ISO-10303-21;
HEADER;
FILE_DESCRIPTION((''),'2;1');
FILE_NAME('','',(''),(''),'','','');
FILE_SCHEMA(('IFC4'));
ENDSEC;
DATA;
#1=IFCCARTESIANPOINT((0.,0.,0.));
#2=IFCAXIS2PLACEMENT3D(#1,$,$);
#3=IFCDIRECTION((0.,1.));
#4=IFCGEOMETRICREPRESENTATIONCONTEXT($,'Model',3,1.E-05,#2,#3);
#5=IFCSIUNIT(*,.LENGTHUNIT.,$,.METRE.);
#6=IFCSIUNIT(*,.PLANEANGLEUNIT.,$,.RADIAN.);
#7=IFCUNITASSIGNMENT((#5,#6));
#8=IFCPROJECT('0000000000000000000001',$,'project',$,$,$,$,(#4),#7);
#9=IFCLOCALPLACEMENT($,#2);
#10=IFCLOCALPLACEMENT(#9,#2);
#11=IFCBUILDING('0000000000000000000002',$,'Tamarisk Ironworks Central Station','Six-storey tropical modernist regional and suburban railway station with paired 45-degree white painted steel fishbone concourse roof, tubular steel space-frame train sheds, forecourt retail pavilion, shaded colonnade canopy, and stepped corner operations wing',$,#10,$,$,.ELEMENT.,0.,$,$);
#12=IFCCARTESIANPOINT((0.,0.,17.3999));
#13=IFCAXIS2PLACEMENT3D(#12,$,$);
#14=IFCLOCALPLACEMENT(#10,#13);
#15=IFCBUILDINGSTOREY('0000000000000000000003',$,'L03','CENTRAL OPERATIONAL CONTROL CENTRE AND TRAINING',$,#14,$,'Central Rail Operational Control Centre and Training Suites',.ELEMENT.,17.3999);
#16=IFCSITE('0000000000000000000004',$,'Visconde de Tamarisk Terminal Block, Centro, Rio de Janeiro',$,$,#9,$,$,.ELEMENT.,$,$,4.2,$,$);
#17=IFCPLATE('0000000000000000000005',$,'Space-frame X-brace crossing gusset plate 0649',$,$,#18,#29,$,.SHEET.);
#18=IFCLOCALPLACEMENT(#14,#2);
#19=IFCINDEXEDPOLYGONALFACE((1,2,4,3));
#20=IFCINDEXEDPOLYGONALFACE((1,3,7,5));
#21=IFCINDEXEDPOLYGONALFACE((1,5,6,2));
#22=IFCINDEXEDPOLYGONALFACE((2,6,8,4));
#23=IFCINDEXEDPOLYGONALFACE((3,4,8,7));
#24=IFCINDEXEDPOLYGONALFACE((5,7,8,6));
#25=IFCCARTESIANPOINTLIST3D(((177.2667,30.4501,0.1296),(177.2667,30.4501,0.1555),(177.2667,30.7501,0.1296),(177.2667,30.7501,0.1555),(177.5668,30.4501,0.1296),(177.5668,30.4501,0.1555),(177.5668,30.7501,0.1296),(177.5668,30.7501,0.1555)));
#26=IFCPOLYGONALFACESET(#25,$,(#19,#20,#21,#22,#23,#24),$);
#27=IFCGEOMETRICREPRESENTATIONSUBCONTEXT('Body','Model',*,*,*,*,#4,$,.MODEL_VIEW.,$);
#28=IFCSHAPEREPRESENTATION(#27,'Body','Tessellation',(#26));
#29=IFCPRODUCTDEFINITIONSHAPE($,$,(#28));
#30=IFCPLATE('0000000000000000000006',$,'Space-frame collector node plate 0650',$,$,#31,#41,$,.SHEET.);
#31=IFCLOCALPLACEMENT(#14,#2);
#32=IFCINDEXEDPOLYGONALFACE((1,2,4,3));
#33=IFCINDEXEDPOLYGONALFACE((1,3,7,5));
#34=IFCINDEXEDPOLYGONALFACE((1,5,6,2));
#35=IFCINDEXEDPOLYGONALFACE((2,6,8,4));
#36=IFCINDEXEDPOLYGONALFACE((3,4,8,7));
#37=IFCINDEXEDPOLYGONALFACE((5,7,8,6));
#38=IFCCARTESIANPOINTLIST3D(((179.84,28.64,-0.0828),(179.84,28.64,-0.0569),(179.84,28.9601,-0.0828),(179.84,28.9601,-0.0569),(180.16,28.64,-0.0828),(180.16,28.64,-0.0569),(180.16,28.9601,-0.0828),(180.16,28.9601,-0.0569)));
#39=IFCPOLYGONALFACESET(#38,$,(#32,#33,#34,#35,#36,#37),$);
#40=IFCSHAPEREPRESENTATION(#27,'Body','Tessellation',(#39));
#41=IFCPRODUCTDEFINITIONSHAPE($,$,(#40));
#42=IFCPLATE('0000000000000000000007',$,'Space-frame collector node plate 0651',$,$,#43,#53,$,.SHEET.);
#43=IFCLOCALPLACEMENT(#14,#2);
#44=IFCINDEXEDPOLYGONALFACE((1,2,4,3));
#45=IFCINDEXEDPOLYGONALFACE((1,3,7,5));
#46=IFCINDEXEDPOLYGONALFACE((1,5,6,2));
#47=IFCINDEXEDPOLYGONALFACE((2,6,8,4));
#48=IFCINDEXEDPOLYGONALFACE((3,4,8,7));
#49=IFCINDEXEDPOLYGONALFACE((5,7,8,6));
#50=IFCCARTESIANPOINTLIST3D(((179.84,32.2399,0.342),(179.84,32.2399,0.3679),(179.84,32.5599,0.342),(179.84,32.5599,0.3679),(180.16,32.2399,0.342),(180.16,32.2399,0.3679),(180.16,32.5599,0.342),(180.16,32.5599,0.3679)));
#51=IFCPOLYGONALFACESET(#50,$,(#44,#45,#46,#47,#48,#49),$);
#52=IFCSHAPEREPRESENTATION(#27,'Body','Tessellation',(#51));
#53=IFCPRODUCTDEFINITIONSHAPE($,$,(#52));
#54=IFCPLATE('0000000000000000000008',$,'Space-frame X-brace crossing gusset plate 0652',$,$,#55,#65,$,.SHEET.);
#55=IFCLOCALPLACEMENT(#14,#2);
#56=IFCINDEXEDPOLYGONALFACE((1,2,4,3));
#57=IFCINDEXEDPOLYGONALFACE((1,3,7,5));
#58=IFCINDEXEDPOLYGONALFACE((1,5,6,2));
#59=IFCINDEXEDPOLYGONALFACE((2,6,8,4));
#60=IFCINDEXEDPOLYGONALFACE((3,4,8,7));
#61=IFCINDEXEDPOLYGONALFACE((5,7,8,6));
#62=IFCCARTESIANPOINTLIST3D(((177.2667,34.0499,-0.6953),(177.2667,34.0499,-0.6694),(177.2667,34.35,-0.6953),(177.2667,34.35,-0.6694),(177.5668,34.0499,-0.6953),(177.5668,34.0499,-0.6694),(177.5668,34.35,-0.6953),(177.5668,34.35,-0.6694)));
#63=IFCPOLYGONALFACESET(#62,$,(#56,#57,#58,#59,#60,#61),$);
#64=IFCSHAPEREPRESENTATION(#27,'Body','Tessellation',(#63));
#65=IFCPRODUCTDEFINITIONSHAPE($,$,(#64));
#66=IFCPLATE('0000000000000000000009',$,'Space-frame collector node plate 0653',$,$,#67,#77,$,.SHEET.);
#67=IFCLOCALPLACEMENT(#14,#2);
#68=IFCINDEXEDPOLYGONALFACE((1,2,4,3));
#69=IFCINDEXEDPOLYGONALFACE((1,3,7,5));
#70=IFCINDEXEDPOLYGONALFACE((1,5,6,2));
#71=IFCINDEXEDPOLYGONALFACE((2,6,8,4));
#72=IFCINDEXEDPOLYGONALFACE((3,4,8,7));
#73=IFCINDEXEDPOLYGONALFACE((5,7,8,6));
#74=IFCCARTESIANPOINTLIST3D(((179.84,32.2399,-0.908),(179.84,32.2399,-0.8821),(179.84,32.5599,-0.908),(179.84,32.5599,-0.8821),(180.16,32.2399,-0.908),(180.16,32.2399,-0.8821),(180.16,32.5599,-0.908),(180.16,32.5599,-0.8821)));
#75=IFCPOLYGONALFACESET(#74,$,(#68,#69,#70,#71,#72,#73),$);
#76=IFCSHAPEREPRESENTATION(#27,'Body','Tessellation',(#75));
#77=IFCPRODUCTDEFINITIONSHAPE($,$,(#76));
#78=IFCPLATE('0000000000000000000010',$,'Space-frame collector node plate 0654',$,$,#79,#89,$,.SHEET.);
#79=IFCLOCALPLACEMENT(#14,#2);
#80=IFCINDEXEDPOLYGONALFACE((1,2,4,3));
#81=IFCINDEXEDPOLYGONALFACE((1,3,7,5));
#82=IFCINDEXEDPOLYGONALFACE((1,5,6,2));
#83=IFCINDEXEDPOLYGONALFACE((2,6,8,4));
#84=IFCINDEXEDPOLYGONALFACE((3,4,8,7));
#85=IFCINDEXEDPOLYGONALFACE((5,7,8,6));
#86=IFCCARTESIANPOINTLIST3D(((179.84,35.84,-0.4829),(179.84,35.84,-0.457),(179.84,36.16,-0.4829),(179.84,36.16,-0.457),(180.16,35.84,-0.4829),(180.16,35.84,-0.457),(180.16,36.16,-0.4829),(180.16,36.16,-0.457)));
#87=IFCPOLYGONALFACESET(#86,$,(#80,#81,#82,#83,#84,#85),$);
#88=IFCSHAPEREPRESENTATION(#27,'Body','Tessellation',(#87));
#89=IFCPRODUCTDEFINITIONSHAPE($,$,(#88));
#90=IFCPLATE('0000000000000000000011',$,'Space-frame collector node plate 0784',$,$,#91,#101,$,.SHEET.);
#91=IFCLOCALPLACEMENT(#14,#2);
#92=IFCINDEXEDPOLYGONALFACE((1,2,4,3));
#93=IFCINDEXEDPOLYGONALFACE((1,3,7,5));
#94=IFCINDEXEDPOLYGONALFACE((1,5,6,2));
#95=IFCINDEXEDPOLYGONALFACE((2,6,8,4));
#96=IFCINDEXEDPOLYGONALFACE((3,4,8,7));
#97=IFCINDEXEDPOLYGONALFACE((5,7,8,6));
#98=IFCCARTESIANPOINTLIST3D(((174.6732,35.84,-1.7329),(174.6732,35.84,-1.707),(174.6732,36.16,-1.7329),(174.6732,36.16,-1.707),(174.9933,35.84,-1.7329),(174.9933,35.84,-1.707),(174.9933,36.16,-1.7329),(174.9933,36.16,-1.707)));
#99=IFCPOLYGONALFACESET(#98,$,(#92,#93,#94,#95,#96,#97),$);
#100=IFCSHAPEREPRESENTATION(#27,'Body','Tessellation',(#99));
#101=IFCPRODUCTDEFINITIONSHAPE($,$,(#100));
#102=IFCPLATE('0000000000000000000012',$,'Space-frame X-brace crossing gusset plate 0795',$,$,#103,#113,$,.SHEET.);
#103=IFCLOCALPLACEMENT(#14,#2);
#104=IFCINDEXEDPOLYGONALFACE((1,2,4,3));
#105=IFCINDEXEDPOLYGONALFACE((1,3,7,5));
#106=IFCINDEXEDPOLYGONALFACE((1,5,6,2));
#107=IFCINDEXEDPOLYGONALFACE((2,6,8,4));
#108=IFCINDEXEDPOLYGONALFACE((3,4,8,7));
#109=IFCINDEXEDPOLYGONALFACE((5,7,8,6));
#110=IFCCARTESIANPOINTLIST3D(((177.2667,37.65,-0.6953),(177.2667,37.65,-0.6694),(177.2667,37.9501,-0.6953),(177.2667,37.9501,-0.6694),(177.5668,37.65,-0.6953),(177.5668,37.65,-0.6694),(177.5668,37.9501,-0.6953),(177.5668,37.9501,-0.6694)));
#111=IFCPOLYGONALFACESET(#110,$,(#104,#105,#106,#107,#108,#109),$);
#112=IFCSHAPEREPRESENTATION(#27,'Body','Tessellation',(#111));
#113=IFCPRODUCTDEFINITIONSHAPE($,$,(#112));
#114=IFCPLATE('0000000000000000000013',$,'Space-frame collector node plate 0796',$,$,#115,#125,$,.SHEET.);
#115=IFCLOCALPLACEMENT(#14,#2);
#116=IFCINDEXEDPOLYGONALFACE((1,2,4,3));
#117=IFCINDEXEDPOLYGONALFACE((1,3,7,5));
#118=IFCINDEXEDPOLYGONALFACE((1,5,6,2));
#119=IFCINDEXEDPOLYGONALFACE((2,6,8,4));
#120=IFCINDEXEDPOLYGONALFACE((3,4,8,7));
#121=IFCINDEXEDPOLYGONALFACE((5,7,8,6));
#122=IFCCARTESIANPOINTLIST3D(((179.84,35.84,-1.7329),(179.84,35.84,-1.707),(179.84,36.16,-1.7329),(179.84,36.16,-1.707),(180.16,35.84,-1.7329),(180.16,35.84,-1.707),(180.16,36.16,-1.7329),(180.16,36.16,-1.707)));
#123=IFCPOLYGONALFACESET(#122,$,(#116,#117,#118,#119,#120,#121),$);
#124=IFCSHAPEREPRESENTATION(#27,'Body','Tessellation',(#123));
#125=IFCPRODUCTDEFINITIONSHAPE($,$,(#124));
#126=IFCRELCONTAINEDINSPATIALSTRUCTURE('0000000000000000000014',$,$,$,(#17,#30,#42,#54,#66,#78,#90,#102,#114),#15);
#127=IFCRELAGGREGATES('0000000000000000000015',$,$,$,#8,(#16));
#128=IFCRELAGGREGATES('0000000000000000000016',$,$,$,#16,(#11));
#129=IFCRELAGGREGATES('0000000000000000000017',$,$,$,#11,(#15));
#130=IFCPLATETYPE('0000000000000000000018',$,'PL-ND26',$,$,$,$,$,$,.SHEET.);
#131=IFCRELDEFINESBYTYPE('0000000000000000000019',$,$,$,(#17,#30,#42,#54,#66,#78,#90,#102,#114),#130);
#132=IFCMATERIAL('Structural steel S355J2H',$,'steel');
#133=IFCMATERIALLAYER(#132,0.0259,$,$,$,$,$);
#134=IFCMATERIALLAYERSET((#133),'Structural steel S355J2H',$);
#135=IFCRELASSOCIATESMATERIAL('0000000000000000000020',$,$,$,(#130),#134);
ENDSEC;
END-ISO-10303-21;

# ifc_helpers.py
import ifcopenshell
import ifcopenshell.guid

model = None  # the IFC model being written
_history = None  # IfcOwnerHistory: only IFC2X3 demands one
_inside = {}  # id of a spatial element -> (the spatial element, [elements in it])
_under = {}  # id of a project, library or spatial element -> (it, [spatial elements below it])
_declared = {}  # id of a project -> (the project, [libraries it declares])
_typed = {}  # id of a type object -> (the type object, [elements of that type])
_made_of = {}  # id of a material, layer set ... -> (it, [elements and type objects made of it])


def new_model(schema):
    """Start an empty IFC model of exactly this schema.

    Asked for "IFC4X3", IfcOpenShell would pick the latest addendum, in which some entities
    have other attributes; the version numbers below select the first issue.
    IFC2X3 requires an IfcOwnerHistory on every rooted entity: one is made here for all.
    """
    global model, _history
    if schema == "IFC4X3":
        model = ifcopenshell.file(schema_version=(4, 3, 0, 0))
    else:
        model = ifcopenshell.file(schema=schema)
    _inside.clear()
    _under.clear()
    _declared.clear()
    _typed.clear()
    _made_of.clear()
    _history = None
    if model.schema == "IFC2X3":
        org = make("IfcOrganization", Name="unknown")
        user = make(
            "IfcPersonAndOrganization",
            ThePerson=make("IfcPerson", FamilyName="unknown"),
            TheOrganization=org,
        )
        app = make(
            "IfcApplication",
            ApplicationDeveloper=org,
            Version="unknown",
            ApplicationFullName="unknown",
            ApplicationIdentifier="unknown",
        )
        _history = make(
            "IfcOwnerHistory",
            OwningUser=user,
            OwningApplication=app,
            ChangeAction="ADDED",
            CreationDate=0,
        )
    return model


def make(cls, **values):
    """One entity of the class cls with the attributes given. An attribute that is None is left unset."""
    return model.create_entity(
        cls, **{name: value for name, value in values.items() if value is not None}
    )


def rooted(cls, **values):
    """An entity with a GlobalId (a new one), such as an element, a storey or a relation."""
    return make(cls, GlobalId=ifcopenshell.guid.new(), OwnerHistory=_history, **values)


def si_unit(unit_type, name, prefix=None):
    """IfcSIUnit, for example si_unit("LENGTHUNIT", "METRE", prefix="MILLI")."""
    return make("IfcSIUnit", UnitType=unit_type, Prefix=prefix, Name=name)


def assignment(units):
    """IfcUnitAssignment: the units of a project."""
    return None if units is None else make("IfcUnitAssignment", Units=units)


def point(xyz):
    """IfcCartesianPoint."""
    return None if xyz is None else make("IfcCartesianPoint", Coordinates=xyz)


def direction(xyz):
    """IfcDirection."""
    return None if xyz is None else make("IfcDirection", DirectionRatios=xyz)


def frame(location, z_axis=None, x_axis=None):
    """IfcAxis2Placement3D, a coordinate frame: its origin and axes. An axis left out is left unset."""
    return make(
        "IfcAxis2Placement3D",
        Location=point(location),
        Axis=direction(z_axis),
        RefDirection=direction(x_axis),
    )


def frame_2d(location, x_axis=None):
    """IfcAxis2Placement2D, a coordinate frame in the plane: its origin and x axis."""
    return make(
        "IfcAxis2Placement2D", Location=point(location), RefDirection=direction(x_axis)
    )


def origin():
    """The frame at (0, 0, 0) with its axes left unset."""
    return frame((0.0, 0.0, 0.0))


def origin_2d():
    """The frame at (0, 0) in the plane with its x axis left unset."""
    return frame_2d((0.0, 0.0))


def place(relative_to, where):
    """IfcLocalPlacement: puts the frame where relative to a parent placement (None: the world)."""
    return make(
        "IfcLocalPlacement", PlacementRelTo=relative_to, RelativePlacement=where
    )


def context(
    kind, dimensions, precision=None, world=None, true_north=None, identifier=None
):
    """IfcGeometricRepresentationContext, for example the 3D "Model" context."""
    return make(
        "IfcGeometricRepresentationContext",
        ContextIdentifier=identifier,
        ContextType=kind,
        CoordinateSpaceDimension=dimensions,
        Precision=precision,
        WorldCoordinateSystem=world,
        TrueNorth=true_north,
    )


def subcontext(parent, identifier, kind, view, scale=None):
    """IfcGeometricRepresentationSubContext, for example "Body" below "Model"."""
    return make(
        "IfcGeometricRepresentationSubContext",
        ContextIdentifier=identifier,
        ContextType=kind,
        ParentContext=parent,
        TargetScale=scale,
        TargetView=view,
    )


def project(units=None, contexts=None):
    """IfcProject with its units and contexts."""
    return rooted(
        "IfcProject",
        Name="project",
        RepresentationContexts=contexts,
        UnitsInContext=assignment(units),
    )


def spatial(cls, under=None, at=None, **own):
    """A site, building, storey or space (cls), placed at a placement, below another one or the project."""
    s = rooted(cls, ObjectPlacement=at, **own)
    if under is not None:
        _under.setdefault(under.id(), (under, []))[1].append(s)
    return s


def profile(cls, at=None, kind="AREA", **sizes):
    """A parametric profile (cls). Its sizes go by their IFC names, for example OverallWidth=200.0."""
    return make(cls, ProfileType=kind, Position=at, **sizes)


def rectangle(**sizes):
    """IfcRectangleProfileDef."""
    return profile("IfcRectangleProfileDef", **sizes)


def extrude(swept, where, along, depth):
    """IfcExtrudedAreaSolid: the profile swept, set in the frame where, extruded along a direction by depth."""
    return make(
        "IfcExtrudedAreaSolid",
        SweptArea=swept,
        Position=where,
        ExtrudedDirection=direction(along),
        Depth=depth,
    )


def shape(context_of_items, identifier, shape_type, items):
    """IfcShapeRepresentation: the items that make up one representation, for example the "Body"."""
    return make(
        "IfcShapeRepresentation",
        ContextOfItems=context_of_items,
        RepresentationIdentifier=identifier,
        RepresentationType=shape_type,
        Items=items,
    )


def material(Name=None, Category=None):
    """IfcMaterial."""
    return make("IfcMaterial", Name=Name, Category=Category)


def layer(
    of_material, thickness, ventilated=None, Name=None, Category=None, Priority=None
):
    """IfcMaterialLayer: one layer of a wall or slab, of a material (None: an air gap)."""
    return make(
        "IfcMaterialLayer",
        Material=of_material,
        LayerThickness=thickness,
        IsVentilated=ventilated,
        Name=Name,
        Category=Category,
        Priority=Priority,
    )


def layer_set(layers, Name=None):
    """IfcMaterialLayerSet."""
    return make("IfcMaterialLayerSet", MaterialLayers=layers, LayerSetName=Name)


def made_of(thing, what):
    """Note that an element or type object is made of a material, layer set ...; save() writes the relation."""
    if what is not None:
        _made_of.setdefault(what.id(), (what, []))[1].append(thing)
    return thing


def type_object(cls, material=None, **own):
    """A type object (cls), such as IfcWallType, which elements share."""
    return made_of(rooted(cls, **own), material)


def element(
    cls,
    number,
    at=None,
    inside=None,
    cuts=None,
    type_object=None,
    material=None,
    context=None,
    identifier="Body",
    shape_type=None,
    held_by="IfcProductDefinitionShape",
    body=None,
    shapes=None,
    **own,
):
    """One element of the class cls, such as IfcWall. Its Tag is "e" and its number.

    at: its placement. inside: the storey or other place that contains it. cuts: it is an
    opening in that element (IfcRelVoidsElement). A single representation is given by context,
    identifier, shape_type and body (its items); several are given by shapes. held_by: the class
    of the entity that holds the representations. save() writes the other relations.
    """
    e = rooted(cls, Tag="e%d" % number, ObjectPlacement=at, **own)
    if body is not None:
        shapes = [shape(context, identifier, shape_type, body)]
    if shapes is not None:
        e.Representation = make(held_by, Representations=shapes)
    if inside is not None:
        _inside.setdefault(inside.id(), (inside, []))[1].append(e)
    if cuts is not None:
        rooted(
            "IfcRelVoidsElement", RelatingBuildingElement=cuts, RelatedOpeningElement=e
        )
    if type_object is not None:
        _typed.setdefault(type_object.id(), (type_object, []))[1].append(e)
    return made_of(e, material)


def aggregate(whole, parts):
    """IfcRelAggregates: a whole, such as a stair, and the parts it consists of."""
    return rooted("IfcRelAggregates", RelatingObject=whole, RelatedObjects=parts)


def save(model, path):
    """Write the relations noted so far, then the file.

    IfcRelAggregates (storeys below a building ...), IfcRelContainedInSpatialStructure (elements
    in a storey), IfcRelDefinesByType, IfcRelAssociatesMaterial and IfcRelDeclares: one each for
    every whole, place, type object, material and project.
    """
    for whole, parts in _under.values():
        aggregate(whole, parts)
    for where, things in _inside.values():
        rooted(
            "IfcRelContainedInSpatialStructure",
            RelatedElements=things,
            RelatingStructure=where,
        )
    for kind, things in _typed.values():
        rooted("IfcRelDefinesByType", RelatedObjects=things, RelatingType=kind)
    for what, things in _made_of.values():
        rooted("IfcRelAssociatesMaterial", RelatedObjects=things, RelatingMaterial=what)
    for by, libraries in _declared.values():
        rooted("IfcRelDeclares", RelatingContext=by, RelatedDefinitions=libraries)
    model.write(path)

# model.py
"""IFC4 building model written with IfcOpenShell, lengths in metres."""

from ifc_helpers import new_model, si_unit, direction, frame, origin, origin_2d, place, context, subcontext, project, spatial, rectangle, extrude, material, layer, layer_set, type_object, element, save


model = new_model("IFC4")

# Units and contexts
model_context = context("Model", 3, precision=1e-05, world=origin(), true_north=direction((0.0, 1.0)))
body_context = subcontext(model_context, "Body", "Model", "MODEL_VIEW")
ifc_project = project(units=[si_unit("LENGTHUNIT", "METRE"), si_unit("PLANEANGLEUNIT", "RADIAN")], contexts=[model_context])

# Site, building, storey
site_placement = place(None, origin())
site = spatial("IfcSite", under=ifc_project, at=site_placement, Name="Visconde de Tamarisk Terminal Block, Centro, Rio de Janeiro", CompositionType="ELEMENT", RefElevation=4.2)
building_placement = place(site_placement, origin())
building = spatial("IfcBuilding", under=site, at=building_placement, Name="Tamarisk Ironworks Central Station", Description="Six-storey tropical modernist regional and suburban railway station with paired 45-degree white painted steel fishbone concourse roof, tubular steel space-frame train sheds, forecourt retail pavilion, shaded colonnade canopy, and stepped corner operations wing", CompositionType="ELEMENT", ElevationOfRefHeight=0.0)
storey_placement = place(building_placement, frame((0.0, 0.0, 17.3999)))
storey = spatial("IfcBuildingStorey", under=building, at=storey_placement, Name="L03", Description="CENTRAL OPERATIONAL CONTROL CENTRE AND TRAINING", LongName="Central Rail Operational Control Centre and Training Suites", CompositionType="ELEMENT", Elevation=17.3999)

# Shared definitions
ifc_material_1 = material(Name="Structural steel S355J2H", Category="steel")

# Plates
ifc_layer = layer(ifc_material_1, 0.0259)
ifc_layer_set = layer_set([ifc_layer], Name="Structural steel S355J2H")
plate_type = type_object("IfcPlateType", Name="PL-ND26", PredefinedType="SHEET", material=ifc_layer_set)
plate_1_placement = place(storey_placement, frame((177.4167, 30.6001, 0.1296), z_axis=(0.0, 0.0, 1.0), x_axis=(1.0, 0.0, 0.0)))
element("IfcPlate", 1, at=plate_1_placement, inside=storey, type_object=plate_type, Name="Space-frame X-brace crossing gusset plate 0649", PredefinedType="SHEET", context=body_context, shape_type="SweptSolid", body=[
    extrude(rectangle(XDim=0.3, YDim=0.3, at=origin_2d()), origin(), (0.0, 0.0, 1.0), 0.0259),
])
for number, where, z_axis, x_axis, name in (
    (2, (180.0, 28.8, -0.0828), (0.0, 0.0, 1.0), (1.0, 0.0, 0.0), "Space-frame collector node plate 0650"),
    (3, (180.0, 32.3999, 0.342), (0.0, 0.0, 1.0), (1.0, 0.0, 0.0), "Space-frame collector node plate 0651"),
):
    element("IfcPlate", number, at=place(storey_placement, frame(where, z_axis=z_axis, x_axis=x_axis)), inside=storey, type_object=plate_type, Name=name, PredefinedType="SHEET", context=body_context, shape_type="SweptSolid", body=[
        extrude(rectangle(XDim=0.3201, YDim=0.3201, at=origin_2d()), origin(), (0.0, 0.0, 1.0), 0.0259),
    ])
plate_2_placement = place(storey_placement, frame((177.4167, 34.2, -0.6953), z_axis=(0.0, 0.0, 1.0), x_axis=(1.0, 0.0, 0.0)))
element("IfcPlate", 4, at=plate_2_placement, inside=storey, type_object=plate_type, Name="Space-frame X-brace crossing gusset plate 0652", PredefinedType="SHEET", context=body_context, shape_type="SweptSolid", body=[
    extrude(rectangle(XDim=0.3, YDim=0.3, at=origin_2d()), origin(), (0.0, 0.0, 1.0), 0.0259),
])
for number, where, z_axis, x_axis, name in (
    (5, (180.0, 32.3999, -0.908), (0.0, 0.0, 1.0), (1.0, 0.0, 0.0), "Space-frame collector node plate 0653"),
    (6, (180.0, 36.0, -0.4829), (0.0, 0.0, 1.0), (1.0, 0.0, 0.0), "Space-frame collector node plate 0654"),
    (7, (174.8333, 36.0, -1.7329), (0.0, 0.0, 1.0), (1.0, 0.0, 0.0), "Space-frame collector node plate 0784"),
):
    element("IfcPlate", number, at=place(storey_placement, frame(where, z_axis=z_axis, x_axis=x_axis)), inside=storey, type_object=plate_type, Name=name, PredefinedType="SHEET", context=body_context, shape_type="SweptSolid", body=[
        extrude(rectangle(XDim=0.3201, YDim=0.3201, at=origin_2d()), origin(), (0.0, 0.0, 1.0), 0.0259),
    ])
plate_3_placement = place(storey_placement, frame((177.4167, 37.8, -0.6953), z_axis=(0.0, 0.0, 1.0), x_axis=(1.0, 0.0, 0.0)))
element("IfcPlate", 8, at=plate_3_placement, inside=storey, type_object=plate_type, Name="Space-frame X-brace crossing gusset plate 0795", PredefinedType="SHEET", context=body_context, shape_type="SweptSolid", body=[
    extrude(rectangle(XDim=0.3, YDim=0.3, at=origin_2d()), origin(), (0.0, 0.0, 1.0), 0.0259),
])
plate_4_placement = place(storey_placement, frame((180.0, 36.0, -1.7329), z_axis=(0.0, 0.0, 1.0), x_axis=(1.0, 0.0, 0.0)))
element("IfcPlate", 9, at=plate_4_placement, inside=storey, type_object=plate_type, Name="Space-frame collector node plate 0796", PredefinedType="SHEET", context=body_context, shape_type="SweptSolid", body=[
    extrude(rectangle(XDim=0.3201, YDim=0.3201, at=origin_2d()), origin(), (0.0, 0.0, 1.0), 0.0259),
])

save(model, "model.ifc")
